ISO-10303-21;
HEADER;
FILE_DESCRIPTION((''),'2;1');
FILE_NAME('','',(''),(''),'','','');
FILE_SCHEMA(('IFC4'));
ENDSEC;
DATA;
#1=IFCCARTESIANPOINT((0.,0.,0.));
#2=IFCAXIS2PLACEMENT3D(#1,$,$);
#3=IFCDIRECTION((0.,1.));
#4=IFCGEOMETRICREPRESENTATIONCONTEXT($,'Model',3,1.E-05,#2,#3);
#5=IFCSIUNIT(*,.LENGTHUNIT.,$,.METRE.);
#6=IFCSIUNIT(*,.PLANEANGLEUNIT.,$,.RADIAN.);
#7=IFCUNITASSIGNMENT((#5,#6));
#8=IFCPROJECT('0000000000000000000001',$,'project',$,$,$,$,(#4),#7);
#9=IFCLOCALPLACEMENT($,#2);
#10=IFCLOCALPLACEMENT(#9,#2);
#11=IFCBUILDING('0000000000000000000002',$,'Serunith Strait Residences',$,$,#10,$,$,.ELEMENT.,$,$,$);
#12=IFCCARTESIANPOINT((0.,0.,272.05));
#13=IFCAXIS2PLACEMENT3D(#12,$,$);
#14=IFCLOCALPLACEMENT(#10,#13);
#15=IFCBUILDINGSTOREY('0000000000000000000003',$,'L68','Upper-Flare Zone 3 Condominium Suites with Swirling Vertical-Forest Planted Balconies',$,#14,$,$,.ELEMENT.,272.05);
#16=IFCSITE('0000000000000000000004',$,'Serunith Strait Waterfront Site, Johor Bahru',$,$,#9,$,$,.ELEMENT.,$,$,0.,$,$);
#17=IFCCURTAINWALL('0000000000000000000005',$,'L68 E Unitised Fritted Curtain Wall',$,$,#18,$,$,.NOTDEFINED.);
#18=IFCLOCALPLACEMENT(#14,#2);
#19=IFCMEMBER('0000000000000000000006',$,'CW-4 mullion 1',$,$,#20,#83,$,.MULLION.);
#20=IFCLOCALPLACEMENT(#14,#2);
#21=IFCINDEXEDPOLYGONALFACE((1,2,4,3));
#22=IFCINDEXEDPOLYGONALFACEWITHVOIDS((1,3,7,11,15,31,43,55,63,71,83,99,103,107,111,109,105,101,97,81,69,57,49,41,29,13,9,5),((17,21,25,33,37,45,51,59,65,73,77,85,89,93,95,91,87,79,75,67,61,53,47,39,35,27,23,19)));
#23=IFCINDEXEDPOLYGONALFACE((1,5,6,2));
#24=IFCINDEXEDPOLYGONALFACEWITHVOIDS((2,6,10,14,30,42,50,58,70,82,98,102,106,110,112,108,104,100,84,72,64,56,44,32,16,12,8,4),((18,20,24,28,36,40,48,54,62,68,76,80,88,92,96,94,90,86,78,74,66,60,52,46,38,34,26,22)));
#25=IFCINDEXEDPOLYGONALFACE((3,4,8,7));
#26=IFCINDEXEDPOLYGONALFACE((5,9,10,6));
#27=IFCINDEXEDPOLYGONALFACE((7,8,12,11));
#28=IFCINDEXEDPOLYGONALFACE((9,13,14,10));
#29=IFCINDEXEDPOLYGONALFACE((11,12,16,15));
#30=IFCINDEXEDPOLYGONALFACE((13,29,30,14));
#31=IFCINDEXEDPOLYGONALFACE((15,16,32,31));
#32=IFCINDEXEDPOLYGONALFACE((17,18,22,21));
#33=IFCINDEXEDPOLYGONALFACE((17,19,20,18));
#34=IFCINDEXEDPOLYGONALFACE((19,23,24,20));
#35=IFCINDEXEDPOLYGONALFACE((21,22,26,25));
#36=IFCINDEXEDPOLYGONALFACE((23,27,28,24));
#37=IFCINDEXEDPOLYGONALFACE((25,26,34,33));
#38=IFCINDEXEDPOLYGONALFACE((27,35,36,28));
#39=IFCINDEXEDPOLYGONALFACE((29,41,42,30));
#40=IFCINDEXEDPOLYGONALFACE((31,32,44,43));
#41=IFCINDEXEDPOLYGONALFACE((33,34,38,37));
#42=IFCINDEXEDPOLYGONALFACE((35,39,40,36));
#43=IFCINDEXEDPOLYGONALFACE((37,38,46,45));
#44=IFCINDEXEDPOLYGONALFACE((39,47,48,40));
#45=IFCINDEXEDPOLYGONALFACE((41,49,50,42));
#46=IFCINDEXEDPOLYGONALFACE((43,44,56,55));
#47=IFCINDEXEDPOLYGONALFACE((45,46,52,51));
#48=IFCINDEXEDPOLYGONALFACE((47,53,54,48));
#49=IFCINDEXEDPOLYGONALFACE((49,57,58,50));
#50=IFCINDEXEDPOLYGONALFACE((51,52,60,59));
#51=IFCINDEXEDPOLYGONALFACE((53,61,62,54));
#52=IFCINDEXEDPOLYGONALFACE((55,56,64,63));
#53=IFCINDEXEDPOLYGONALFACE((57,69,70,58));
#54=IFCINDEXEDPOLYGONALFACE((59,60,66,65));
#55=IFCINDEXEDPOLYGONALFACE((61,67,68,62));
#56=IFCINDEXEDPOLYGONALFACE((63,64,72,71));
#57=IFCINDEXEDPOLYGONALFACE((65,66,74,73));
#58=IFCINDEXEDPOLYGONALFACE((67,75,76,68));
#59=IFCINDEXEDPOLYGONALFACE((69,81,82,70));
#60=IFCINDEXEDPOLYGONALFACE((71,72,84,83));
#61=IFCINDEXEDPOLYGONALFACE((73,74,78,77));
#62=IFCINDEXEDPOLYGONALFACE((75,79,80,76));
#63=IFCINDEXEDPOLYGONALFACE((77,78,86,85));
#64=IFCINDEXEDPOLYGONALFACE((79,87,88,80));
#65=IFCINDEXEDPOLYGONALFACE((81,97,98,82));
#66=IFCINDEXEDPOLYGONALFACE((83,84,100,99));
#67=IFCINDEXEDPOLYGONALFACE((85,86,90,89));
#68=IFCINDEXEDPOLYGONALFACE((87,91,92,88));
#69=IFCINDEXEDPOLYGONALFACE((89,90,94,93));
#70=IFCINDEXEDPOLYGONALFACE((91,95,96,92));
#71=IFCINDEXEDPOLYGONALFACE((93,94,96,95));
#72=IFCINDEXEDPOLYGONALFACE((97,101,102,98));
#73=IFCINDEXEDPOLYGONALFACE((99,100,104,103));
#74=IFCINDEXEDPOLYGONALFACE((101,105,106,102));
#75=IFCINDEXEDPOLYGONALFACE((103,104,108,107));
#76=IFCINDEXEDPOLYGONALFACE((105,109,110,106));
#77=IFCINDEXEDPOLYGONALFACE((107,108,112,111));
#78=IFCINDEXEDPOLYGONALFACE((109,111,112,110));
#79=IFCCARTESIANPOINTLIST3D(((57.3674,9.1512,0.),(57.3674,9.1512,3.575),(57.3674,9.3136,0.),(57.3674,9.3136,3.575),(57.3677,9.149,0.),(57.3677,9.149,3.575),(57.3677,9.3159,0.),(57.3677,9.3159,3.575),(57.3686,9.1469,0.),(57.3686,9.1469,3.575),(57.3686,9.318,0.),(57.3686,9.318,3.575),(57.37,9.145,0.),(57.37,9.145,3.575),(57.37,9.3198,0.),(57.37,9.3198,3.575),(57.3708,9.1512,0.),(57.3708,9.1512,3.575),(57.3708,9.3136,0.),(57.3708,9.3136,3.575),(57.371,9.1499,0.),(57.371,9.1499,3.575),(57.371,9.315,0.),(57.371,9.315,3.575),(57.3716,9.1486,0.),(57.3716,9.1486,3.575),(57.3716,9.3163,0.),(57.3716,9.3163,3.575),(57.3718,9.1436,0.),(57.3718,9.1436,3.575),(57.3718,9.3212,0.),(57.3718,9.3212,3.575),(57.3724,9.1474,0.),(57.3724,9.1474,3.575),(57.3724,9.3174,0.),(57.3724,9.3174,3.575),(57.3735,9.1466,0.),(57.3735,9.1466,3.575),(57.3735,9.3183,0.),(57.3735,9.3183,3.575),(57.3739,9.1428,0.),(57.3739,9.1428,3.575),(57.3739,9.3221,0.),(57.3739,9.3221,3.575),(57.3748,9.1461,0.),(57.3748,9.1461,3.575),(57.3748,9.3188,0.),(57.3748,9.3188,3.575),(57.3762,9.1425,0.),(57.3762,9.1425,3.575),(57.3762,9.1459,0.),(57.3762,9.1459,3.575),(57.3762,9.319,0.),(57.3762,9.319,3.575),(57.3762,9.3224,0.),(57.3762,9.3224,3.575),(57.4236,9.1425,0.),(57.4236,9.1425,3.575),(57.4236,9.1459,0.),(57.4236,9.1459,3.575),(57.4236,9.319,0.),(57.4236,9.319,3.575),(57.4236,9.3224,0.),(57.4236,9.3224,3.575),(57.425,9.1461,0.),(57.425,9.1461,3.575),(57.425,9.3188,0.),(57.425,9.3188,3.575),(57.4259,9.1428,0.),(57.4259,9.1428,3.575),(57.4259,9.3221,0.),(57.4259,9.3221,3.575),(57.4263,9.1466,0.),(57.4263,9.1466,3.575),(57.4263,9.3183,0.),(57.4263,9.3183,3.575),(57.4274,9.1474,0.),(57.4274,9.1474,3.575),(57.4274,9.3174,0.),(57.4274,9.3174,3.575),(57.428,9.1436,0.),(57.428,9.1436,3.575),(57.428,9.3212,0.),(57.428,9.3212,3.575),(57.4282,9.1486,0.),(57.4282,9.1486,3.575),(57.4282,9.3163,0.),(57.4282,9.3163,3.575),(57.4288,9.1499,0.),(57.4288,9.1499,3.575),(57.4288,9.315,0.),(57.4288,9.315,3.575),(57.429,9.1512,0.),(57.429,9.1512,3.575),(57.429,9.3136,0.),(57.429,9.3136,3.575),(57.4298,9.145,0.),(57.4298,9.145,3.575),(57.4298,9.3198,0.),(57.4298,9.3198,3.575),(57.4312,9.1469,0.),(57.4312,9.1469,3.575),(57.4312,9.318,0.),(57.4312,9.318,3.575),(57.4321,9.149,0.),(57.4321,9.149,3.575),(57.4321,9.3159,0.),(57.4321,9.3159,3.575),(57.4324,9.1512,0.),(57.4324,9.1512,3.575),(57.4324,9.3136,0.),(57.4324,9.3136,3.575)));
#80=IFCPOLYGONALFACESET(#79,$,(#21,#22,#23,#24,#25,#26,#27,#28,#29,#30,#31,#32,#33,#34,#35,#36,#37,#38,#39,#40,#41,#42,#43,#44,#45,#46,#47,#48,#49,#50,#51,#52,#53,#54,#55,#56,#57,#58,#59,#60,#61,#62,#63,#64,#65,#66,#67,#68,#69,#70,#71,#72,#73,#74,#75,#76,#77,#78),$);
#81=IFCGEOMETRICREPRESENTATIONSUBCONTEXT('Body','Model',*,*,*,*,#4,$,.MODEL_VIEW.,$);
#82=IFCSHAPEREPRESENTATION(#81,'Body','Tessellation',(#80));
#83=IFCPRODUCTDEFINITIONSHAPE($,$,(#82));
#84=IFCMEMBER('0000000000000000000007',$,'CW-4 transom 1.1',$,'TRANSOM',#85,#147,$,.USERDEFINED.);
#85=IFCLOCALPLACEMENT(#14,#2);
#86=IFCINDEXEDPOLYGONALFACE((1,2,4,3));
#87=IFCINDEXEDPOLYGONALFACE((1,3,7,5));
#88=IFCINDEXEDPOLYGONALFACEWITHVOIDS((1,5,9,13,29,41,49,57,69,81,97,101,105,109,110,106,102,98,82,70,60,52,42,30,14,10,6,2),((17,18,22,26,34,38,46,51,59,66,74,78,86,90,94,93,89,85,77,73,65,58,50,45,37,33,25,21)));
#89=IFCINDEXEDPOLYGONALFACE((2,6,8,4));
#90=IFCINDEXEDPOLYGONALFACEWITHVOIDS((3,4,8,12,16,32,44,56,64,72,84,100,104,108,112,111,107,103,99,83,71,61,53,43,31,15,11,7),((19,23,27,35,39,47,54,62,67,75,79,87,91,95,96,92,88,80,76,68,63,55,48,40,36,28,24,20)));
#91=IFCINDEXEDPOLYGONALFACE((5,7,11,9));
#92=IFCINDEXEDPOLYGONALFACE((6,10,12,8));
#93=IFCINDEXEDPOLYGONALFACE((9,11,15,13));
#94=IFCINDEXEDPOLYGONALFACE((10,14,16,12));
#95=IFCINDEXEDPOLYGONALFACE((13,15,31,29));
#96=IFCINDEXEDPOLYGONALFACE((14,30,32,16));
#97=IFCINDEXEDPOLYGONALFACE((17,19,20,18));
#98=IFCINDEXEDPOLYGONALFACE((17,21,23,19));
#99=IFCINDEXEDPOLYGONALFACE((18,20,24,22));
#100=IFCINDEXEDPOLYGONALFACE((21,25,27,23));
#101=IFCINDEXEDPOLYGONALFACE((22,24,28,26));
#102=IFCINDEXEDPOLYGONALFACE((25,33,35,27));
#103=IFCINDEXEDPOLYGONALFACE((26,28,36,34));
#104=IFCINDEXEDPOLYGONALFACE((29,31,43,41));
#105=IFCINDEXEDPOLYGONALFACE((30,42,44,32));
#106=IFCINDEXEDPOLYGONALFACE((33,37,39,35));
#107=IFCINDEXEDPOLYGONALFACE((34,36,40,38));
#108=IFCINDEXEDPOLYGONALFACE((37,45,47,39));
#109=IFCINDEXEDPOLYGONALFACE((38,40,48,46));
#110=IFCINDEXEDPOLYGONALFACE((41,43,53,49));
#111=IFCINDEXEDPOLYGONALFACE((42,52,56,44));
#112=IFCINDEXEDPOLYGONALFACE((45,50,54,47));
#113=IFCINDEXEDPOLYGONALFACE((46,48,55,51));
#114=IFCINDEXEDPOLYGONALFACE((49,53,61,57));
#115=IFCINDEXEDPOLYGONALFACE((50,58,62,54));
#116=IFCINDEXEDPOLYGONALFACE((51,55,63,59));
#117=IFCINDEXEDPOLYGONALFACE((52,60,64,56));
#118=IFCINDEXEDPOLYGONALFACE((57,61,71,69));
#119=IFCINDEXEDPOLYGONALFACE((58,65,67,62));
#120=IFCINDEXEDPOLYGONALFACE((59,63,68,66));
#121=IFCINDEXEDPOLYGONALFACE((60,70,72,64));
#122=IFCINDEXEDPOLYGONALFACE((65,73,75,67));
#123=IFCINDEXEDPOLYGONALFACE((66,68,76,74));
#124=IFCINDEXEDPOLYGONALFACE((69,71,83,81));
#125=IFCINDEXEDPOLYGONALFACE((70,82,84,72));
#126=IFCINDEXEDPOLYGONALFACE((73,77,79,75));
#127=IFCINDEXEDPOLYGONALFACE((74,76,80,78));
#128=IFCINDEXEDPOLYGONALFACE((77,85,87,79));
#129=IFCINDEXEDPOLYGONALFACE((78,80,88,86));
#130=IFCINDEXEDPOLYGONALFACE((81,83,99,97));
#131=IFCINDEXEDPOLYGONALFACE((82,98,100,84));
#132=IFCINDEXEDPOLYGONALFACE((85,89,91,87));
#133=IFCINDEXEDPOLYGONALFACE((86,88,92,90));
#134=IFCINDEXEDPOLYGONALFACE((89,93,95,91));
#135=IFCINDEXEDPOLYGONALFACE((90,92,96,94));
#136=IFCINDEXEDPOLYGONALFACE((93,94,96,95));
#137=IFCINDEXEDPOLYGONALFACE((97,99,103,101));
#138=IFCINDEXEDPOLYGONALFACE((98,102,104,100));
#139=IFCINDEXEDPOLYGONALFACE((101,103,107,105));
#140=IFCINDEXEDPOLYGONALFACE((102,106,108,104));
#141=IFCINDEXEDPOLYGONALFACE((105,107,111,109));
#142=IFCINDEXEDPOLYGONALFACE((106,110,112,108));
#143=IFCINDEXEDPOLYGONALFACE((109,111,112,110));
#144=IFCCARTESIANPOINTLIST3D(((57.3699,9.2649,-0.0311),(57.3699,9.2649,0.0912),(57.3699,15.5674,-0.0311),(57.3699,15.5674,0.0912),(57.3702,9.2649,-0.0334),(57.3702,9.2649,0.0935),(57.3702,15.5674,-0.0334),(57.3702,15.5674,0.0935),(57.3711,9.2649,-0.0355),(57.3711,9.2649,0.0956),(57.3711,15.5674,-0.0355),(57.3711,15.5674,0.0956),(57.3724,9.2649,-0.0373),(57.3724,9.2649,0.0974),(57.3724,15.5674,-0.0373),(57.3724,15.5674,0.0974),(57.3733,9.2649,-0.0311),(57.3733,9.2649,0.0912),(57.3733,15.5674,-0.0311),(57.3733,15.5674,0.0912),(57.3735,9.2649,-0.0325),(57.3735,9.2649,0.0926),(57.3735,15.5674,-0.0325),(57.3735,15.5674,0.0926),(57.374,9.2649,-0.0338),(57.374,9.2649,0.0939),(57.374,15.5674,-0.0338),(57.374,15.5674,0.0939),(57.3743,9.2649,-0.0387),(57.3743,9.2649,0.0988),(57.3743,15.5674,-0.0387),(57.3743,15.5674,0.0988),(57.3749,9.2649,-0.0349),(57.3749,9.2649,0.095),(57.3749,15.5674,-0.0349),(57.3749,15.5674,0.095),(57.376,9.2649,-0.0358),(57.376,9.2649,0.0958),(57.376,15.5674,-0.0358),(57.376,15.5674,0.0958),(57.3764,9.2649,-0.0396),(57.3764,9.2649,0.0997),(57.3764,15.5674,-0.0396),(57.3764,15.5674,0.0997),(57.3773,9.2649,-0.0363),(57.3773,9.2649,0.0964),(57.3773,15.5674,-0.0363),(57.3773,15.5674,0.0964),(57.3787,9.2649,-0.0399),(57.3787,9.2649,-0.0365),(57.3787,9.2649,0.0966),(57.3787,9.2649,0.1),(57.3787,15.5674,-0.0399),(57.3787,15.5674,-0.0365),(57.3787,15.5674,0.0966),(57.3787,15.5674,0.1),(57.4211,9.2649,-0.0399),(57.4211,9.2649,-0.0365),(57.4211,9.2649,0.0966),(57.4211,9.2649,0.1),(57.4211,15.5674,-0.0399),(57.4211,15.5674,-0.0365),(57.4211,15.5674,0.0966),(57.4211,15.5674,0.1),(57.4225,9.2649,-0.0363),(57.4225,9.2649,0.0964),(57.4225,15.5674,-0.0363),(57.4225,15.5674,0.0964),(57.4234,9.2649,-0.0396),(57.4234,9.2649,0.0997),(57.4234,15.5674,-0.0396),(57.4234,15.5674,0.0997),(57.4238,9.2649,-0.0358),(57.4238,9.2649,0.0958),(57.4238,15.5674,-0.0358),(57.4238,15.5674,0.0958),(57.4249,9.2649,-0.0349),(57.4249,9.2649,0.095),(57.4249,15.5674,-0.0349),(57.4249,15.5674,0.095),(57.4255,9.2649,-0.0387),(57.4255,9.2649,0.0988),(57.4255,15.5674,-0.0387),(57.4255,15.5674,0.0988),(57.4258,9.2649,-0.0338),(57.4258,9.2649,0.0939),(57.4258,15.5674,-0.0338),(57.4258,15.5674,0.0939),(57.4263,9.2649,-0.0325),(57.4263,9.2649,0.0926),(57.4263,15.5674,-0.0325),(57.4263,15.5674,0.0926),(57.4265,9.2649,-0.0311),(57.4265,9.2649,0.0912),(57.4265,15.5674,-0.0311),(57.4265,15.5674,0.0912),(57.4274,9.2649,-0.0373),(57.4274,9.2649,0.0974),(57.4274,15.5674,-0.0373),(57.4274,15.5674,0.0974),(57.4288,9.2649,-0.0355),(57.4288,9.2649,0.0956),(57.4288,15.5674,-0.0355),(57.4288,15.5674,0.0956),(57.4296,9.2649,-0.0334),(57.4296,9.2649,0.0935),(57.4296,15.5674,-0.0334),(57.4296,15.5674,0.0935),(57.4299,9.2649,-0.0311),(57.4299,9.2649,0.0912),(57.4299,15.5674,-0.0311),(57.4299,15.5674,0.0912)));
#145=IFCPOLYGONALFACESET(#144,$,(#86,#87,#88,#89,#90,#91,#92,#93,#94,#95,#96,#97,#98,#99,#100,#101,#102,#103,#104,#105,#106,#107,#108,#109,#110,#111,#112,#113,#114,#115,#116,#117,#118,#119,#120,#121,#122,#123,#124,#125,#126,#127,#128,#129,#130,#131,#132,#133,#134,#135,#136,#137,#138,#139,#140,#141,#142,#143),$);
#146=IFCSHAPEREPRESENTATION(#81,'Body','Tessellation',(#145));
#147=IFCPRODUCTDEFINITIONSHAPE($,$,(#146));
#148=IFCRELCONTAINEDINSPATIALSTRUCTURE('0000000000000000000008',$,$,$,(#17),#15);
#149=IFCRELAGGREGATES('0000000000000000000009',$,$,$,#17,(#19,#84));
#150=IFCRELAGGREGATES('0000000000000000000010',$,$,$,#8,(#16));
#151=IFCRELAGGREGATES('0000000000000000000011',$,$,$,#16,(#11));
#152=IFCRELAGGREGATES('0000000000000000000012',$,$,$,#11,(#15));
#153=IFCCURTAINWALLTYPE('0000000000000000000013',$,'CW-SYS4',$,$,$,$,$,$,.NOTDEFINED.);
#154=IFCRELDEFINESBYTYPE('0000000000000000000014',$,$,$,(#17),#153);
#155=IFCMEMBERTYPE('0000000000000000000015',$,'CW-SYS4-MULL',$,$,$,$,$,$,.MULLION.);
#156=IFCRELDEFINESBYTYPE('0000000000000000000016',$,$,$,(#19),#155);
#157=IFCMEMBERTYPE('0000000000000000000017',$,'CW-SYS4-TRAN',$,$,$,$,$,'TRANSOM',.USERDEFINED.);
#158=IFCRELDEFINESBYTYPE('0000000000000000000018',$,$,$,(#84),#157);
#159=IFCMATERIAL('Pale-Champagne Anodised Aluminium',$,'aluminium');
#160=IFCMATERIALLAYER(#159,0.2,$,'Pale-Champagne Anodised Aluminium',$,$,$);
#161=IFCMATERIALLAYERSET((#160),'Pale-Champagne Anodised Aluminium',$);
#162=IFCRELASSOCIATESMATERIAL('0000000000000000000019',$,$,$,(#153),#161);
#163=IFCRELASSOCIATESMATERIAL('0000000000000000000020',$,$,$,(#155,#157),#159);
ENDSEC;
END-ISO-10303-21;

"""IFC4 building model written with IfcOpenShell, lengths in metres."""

from ifc_helpers import new_model, si_unit, direction, frame, origin, origin_2d, place, context, subcontext, project, spatial, hollow_rectangle, extrude, source, transform, mapped, material, layer, layer_set, material_profile, profile_set, type_object, element, aggregate, save


model = new_model("IFC4")

# Units and contexts
model_context = context("Model", 3, precision=1e-05, world=origin(), true_north=direction((0.0, 1.0)))
body_context = subcontext(model_context, "Body", "Model", "MODEL_VIEW")
ifc_project = project(units=[si_unit("LENGTHUNIT", "METRE"), si_unit("PLANEANGLEUNIT", "RADIAN")], contexts=[model_context])

# Site, building, storey
site_placement = place(None, origin())
site = spatial("IfcSite", under=ifc_project, at=site_placement, Name="Serunith Strait Waterfront Site, Johor Bahru", CompositionType="ELEMENT", RefElevation=0.0)
building_placement = place(site_placement, origin())
building = spatial("IfcBuilding", under=site, at=building_placement, Name="Serunith Strait Residences", CompositionType="ELEMENT")
storey_placement = place(building_placement, frame((0.0, 0.0, 272.05)))
storey = spatial("IfcBuildingStorey", under=building, at=storey_placement, Name="L68", Description="Upper-Flare Zone 3 Condominium Suites with Swirling Vertical-Forest Planted Balconies", CompositionType="ELEMENT", Elevation=272.05)

# Curtain wall, members
ifc_material_1 = material(Name="Pale-Champagne Anodised Aluminium", Category="aluminium")
ifc_layer_1 = layer(ifc_material_1, 0.2, Name="Pale-Champagne Anodised Aluminium")
ifc_layer_set_1 = layer_set([ifc_layer_1], Name="Pale-Champagne Anodised Aluminium")
curtain_wall_type = type_object("IfcCurtainWallType", Name="CW-SYS4", PredefinedType="NOTDEFINED", material=ifc_layer_set_1)
ifc_material_profile_1 = material_profile(ifc_material_1, hollow_rectangle(XDim=0.0649, YDim=0.1799, WallThickness=0.0034, InnerFilletRadius=0.0054, OuterFilletRadius=0.0088, at=origin_2d()), Name="ALU 180x65x3.5")
ifc_profile_set_1 = profile_set([ifc_material_profile_1], Name="Pale-Champagne Anodised Aluminium")
member_type_1 = type_object("IfcMemberType", Name="CW-SYS4-MULL", PredefinedType="MULLION", material=ifc_profile_set_1)
shared_shape_1 = source(origin(), body_context, "Body", "SweptSolid", [
    extrude(hollow_rectangle(XDim=0.0649, YDim=0.1799, WallThickness=0.0034, InnerFilletRadius=0.0054, OuterFilletRadius=0.0088, at=origin_2d()), origin(), (0.0, 0.0, 1.0), 3.575),
])
curtain_wall_1_placement = place(storey_placement, origin())
curtain_wall_1 = element("IfcCurtainWall", 1, at=curtain_wall_1_placement, inside=storey, type_object=curtain_wall_type, Name="L68 E Unitised Fritted Curtain Wall", PredefinedType="NOTDEFINED")
member_1_placement = place(storey_placement, frame((57.3999, 9.2324, 0.0), z_axis=(0.0, 0.0, 1.0), x_axis=(-1.0, 0.0, 0.0)))
member_1 = element("IfcMember", 2, at=member_1_placement, type_object=member_type_1, Name="CW-4 mullion 1", PredefinedType="MULLION", context=body_context, shape_type="MappedRepresentation", body=[
    mapped(shared_shape_1, transform((0.0, 0.0, 0.0), scale=1.0)),
])
ifc_material_profile_2 = material_profile(ifc_material_1, hollow_rectangle(XDim=0.0601, YDim=0.1399, WallThickness=0.0034, InnerFilletRadius=0.0054, OuterFilletRadius=0.0088, at=origin_2d()), Name="ALU 140x60x3.5")
ifc_profile_set_2 = profile_set([ifc_material_profile_2], Name="Pale-Champagne Anodised Aluminium")
member_type_2 = type_object("IfcMemberType", Name="CW-SYS4-TRAN", ElementType="TRANSOM", PredefinedType="USERDEFINED", material=ifc_profile_set_2)
shared_shape_2 = source(origin(), body_context, "Body", "SweptSolid", [
    extrude(hollow_rectangle(XDim=0.0601, YDim=0.1399, WallThickness=0.0034, InnerFilletRadius=0.0054, OuterFilletRadius=0.0088, at=origin_2d()), origin(), (0.0, 0.0, 1.0), 6.3025),
])
member_2_placement = place(storey_placement, frame((57.3999, 9.2649, 0.03), z_axis=(0.0, 1.0, 0.0), x_axis=(-1.0, 0.0, 0.0)))
member_2 = element("IfcMember", 3, at=member_2_placement, type_object=member_type_2, Name="CW-4 transom 1.1", ObjectType="TRANSOM", PredefinedType="USERDEFINED", context=body_context, shape_type="MappedRepresentation", body=[
    mapped(shared_shape_2, transform((0.0, 0.0, 0.0), scale=1.0)),
])
aggregate(curtain_wall_1, [member_1, member_2])

save(model, "model.ifc")
